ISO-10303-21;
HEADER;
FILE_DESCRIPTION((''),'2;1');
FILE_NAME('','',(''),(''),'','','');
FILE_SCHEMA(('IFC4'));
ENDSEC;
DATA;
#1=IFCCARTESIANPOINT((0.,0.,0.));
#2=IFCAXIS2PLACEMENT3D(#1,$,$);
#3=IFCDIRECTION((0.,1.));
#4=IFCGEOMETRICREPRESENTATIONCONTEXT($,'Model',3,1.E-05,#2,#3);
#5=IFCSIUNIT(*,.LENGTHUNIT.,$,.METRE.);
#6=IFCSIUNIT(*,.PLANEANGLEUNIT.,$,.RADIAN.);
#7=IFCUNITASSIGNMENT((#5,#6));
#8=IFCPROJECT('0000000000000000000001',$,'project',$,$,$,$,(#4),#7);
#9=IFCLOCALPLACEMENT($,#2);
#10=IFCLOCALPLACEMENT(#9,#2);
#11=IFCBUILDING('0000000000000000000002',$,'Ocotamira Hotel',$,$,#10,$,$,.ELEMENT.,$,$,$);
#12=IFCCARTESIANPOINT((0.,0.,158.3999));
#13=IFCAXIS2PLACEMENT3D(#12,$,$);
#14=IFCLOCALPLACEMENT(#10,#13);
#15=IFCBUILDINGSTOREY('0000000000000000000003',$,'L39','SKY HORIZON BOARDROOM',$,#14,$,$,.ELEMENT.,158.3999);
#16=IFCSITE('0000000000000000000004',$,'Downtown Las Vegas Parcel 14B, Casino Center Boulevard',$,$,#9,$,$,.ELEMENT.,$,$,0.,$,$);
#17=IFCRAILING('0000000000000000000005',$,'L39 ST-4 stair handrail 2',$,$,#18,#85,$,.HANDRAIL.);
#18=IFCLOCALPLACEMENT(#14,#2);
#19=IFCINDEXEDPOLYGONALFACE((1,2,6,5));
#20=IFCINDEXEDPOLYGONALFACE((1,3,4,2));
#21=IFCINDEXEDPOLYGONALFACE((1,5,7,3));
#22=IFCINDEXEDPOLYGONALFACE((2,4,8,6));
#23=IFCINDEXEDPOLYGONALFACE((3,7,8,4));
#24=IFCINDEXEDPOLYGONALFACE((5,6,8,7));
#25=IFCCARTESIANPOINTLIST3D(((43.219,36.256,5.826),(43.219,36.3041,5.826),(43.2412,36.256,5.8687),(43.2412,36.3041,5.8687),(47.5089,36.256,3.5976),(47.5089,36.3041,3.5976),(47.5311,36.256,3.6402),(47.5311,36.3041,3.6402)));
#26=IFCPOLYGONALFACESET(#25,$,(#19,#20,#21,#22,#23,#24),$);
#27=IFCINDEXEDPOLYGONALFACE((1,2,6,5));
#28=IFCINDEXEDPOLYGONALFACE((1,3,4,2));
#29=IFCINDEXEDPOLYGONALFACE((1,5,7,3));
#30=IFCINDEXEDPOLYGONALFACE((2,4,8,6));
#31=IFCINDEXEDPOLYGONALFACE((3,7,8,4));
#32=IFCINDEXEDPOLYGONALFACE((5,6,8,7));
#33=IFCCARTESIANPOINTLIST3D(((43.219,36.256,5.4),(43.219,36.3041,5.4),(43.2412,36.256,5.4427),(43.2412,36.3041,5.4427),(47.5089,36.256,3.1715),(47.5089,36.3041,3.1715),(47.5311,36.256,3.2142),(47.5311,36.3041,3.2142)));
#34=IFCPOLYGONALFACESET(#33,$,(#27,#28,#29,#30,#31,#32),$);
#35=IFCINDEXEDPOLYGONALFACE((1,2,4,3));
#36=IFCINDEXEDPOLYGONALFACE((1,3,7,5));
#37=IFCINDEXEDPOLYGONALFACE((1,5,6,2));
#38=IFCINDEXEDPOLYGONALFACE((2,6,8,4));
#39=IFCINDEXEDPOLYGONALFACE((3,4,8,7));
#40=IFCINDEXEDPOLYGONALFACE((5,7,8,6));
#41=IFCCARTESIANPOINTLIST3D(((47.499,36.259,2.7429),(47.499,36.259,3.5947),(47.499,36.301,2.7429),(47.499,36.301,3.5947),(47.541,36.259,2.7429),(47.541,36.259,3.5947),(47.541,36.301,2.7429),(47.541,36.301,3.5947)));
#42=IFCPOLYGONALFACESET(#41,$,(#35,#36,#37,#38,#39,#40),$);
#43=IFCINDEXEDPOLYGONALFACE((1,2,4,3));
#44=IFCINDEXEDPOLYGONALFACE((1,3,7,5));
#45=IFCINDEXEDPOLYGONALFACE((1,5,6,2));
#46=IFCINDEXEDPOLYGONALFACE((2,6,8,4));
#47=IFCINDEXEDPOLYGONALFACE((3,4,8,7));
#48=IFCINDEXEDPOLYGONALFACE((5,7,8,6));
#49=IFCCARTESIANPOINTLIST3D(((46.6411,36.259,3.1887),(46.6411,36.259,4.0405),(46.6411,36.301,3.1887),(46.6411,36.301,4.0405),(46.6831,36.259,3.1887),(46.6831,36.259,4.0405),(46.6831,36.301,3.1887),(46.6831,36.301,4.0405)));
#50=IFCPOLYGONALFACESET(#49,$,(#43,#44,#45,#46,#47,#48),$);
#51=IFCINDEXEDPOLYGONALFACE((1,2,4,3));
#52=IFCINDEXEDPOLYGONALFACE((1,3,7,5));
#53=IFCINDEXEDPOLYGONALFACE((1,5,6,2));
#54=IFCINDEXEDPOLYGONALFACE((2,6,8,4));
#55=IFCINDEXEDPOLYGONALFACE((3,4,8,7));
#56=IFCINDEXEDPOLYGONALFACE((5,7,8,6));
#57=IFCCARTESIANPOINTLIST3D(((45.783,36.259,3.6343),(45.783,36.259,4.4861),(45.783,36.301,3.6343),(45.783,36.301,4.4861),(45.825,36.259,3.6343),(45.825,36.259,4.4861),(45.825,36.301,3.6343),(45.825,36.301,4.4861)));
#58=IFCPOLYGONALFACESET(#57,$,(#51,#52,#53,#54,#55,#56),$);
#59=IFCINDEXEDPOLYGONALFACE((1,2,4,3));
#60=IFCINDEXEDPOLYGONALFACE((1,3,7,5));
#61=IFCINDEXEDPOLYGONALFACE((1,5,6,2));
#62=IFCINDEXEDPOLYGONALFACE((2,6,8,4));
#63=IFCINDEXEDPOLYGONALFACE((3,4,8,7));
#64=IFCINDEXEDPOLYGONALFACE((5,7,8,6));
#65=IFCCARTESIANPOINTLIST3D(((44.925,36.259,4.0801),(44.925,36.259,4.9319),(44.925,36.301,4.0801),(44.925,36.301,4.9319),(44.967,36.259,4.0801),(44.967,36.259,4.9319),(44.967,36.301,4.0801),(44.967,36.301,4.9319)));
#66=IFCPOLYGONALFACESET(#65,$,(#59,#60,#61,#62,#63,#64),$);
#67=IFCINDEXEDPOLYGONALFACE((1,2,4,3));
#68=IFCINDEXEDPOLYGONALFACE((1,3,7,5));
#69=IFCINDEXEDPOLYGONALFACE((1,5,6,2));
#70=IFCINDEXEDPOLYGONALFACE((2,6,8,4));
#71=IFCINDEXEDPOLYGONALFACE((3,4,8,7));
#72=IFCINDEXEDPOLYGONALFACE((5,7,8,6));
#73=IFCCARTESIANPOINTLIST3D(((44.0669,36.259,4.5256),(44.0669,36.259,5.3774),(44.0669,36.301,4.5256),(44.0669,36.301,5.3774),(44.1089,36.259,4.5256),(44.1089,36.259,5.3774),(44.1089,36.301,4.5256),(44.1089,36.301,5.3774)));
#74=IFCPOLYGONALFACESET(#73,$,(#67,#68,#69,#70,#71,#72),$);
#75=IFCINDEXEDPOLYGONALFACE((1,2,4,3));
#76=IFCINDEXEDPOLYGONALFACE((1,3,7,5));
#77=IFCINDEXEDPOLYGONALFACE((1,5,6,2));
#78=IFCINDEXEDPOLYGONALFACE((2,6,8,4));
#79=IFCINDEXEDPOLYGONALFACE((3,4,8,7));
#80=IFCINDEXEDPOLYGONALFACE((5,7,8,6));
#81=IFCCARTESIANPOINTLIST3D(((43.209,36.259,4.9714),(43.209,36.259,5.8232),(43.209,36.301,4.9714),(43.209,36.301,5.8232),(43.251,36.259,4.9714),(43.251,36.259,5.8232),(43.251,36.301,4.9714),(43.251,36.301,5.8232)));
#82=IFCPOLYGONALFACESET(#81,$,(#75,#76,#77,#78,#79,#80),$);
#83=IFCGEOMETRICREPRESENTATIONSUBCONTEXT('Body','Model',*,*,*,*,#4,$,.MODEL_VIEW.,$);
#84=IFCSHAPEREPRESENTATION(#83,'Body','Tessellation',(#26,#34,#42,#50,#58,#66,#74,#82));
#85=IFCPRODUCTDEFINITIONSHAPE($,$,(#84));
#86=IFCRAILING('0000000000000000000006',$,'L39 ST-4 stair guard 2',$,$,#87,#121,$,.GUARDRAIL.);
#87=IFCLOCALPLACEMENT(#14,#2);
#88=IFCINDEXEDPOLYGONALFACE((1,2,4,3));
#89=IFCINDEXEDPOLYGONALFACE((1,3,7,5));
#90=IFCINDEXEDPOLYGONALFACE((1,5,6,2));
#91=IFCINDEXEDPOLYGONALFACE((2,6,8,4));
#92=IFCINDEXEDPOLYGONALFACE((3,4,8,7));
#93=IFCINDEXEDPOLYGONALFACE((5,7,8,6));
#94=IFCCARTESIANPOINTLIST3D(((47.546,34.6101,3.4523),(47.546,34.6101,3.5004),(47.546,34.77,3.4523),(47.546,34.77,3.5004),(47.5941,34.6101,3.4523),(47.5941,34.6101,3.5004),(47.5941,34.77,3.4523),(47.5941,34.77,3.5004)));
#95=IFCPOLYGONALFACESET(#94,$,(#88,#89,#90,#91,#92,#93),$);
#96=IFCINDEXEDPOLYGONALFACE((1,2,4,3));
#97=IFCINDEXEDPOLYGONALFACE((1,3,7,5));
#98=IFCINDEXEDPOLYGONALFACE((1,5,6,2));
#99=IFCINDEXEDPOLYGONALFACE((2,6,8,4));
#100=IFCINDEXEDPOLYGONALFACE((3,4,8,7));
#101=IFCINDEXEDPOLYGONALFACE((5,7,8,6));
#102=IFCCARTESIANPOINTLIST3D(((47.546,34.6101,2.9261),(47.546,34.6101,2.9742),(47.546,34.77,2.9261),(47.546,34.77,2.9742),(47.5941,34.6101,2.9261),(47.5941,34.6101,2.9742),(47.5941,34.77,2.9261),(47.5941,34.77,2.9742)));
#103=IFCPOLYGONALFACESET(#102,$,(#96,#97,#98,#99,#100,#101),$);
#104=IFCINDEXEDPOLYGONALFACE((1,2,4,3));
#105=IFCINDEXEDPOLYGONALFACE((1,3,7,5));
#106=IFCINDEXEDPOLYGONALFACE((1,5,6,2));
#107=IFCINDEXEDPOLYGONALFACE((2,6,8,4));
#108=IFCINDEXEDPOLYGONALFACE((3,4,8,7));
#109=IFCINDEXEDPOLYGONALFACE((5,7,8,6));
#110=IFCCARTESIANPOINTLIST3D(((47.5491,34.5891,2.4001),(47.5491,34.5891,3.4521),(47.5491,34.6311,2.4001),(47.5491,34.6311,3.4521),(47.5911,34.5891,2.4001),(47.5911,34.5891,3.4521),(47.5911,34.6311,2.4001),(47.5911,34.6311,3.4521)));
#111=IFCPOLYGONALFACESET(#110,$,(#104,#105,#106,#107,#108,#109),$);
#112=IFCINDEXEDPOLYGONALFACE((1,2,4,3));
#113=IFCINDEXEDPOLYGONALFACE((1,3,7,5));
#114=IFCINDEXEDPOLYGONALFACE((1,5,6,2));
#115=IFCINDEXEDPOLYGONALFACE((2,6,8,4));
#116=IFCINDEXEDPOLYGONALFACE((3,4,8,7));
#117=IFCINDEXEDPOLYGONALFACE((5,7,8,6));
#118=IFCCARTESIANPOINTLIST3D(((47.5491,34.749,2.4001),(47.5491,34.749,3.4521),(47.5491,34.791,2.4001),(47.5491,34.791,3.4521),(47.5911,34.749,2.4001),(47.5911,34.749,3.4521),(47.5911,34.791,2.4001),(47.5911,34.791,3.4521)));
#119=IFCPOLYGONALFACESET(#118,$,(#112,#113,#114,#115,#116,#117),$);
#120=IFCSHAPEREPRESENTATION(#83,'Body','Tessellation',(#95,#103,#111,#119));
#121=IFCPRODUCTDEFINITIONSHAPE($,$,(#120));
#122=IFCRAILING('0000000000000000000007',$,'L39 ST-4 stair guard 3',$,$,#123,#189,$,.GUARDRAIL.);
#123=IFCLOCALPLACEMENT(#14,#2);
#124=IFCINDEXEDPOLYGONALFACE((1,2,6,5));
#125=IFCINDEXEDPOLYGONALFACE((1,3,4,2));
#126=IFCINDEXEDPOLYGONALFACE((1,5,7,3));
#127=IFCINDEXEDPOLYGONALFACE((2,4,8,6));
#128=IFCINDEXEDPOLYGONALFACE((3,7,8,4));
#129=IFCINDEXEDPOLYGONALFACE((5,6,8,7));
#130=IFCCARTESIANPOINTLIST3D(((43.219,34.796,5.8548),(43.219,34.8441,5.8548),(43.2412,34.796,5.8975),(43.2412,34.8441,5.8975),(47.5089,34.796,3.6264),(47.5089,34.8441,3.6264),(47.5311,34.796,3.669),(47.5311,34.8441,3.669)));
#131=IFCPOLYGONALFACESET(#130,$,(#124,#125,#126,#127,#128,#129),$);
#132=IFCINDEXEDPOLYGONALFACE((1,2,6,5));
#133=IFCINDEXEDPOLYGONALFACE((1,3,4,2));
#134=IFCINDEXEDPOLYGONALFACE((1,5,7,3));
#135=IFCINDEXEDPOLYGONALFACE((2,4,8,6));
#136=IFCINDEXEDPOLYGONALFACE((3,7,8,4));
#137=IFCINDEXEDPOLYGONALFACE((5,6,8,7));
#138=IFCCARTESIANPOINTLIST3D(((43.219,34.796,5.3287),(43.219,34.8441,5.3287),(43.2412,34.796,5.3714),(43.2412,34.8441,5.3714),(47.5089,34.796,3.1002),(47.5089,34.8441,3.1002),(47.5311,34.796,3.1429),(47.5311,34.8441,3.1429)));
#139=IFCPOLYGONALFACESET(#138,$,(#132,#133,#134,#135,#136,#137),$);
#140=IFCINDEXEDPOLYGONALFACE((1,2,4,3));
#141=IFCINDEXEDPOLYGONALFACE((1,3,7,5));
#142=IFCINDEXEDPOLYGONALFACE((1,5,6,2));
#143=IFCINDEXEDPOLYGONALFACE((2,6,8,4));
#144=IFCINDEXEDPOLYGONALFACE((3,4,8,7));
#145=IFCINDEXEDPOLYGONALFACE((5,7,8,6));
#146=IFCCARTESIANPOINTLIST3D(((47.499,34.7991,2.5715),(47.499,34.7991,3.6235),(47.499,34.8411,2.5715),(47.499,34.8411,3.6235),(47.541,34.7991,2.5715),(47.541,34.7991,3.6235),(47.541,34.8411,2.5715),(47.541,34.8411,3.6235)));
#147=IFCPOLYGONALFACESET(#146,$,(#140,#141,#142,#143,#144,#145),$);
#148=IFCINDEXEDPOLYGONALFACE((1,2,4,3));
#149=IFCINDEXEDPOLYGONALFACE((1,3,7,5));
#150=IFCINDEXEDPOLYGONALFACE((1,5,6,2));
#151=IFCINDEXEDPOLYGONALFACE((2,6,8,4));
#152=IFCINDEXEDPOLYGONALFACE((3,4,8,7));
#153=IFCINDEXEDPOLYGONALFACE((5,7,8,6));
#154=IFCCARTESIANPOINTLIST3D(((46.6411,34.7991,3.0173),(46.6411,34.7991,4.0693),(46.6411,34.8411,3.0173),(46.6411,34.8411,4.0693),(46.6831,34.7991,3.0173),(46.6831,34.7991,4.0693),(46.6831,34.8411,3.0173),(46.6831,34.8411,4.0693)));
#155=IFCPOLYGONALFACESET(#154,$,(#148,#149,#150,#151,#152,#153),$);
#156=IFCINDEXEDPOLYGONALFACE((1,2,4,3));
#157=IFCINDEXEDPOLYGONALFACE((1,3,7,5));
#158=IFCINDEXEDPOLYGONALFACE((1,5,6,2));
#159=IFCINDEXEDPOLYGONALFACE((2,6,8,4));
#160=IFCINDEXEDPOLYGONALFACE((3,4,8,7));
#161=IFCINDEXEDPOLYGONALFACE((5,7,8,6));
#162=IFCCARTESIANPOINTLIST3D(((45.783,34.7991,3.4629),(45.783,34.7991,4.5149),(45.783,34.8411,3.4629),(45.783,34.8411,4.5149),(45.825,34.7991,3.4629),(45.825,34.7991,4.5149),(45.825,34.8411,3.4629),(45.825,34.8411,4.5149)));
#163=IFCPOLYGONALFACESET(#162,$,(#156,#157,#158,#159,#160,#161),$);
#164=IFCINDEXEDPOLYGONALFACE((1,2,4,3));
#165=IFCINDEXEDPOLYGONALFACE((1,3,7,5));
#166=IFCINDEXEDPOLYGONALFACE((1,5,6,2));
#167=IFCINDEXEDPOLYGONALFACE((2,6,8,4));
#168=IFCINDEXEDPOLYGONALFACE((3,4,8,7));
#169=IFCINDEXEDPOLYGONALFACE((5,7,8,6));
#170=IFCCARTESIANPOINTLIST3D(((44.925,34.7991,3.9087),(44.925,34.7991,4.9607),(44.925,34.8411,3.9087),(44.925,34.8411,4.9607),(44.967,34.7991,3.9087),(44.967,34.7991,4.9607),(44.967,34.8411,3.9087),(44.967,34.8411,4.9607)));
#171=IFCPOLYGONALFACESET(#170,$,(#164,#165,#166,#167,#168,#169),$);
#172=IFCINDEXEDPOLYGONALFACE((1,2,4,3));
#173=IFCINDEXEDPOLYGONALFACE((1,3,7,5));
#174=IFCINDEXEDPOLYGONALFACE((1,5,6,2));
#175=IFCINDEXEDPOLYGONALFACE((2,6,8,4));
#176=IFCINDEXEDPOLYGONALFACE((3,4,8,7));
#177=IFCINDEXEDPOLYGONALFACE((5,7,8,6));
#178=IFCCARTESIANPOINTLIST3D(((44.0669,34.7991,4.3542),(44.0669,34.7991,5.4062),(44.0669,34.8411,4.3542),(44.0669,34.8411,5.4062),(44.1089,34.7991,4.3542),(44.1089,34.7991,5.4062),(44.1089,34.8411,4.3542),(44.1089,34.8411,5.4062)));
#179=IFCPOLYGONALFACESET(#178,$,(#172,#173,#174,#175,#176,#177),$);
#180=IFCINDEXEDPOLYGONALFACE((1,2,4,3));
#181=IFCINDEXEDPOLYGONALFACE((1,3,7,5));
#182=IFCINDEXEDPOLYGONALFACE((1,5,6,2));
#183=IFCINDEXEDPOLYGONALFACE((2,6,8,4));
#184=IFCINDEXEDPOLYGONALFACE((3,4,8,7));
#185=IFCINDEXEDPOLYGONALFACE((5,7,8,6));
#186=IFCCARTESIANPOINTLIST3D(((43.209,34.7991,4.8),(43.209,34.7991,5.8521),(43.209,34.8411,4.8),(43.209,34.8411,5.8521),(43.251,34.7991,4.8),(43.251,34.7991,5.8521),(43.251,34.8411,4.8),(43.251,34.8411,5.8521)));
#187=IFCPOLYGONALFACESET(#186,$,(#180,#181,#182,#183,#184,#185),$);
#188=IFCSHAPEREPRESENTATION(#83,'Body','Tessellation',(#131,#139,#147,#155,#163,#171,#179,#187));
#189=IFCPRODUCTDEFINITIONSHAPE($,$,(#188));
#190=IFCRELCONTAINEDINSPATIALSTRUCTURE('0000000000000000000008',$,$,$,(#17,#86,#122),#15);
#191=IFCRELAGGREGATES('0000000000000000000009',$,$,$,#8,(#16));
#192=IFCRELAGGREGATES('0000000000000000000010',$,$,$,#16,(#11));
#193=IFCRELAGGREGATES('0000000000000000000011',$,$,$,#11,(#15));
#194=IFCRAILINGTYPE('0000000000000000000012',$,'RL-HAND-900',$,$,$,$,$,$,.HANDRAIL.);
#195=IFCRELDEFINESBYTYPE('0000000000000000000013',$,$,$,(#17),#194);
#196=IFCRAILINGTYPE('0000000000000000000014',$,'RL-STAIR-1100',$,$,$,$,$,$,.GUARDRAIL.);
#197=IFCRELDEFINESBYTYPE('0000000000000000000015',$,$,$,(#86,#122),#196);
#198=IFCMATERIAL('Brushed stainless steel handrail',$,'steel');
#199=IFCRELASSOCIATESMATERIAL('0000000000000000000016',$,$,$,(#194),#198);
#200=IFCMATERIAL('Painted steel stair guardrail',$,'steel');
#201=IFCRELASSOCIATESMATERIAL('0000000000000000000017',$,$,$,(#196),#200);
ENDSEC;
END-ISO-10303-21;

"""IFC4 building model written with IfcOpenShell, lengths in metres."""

from ifc_helpers import new_model, si_unit, direction, frame, origin, origin_2d, place, context, subcontext, project, spatial, rectangle, extrude, material, type_object, element, save


model = new_model("IFC4")

# Units and contexts
model_context = context("Model", 3, precision=1e-05, world=origin(), true_north=direction((0.0, 1.0)))
body_context = subcontext(model_context, "Body", "Model", "MODEL_VIEW")
ifc_project = project(units=[si_unit("LENGTHUNIT", "METRE"), si_unit("PLANEANGLEUNIT", "RADIAN")], contexts=[model_context])

# Site, building, storey
site_placement = place(None, origin())
site = spatial("IfcSite", under=ifc_project, at=site_placement, Name="Downtown Las Vegas Parcel 14B, Casino Center Boulevard", CompositionType="ELEMENT", RefElevation=0.0)
building_placement = place(site_placement, origin())
building = spatial("IfcBuilding", under=site, at=building_placement, Name="Ocotamira Hotel", CompositionType="ELEMENT")
storey_placement = place(building_placement, frame((0.0, 0.0, 158.3999)))
storey = spatial("IfcBuildingStorey", under=building, at=storey_placement, Name="L39", Description="SKY HORIZON BOARDROOM", CompositionType="ELEMENT", Elevation=158.3999)

# Railings
ifc_material_1 = material(Name="Brushed stainless steel handrail", Category="steel")
railing_type_1 = type_object("IfcRailingType", Name="RL-HAND-900", PredefinedType="HANDRAIL", material=ifc_material_1)
railing_1_placement = place(storey_placement, frame((47.52, 36.28, 2.7429)))
element("IfcRailing", 1, at=railing_1_placement, inside=storey, type_object=railing_type_1, Name="L39 ST-4 stair handrail 2", PredefinedType="HANDRAIL", context=body_context, shape_type="SweptSolid", body=[
    extrude(rectangle(XDim=0.0481, YDim=0.0481, at=origin_2d()), frame((0.0, 0.0, 0.876), z_axis=(-0.887412, 0.0, 0.460977), x_axis=(0.0, -1.0, 0.0)), (0.0, 0.0, 1.0), 4.8342),
    extrude(rectangle(XDim=0.0481, YDim=0.0481, at=origin_2d()), frame((0.0, 0.0, 0.45), z_axis=(-0.887412, 0.0, 0.460977), x_axis=(0.0, -1.0, 0.0)), (0.0, 0.0, 1.0), 4.8342),
    extrude(rectangle(XDim=0.042, YDim=0.042, at=origin_2d()), origin(), (0.0, 0.0, 1.0), 0.8518),
    extrude(rectangle(XDim=0.042, YDim=0.042, at=origin_2d()), frame((-0.8579, 0.0, 0.4458)), (0.0, 0.0, 1.0), 0.8518),
    extrude(rectangle(XDim=0.042, YDim=0.042, at=origin_2d()), frame((-1.7161, 0.0, 0.8914)), (0.0, 0.0, 1.0), 0.8518),
    extrude(rectangle(XDim=0.042, YDim=0.042, at=origin_2d()), frame((-2.574, 0.0, 1.3372)), (0.0, 0.0, 1.0), 0.8518),
    extrude(rectangle(XDim=0.042, YDim=0.042, at=origin_2d()), frame((-3.4321, 0.0, 1.7827)), (0.0, 0.0, 1.0), 0.8518),
    extrude(rectangle(XDim=0.042, YDim=0.042, at=origin_2d()), frame((-4.29, 0.0, 2.2285)), (0.0, 0.0, 1.0), 0.8518),
])
ifc_material_2 = material(Name="Painted steel stair guardrail", Category="steel")
railing_type_2 = type_object("IfcRailingType", Name="RL-STAIR-1100", PredefinedType="GUARDRAIL", material=ifc_material_2)
railing_2_placement = place(storey_placement, frame((47.5701, 34.6101, 2.4001)))
element("IfcRailing", 2, at=railing_2_placement, inside=storey, type_object=railing_type_2, Name="L39 ST-4 stair guard 2", PredefinedType="GUARDRAIL", context=body_context, shape_type="SweptSolid", body=[
    extrude(rectangle(XDim=0.0481, YDim=0.0481, at=origin_2d()), frame((0.0, 0.0, 1.0762), z_axis=(0.0, 1.0, 0.0), x_axis=(-1.0, 0.0, 0.0)), (0.0, 0.0, 1.0), 0.1599),
    extrude(rectangle(XDim=0.0481, YDim=0.0481, at=origin_2d()), frame((0.0, 0.0, 0.55), z_axis=(0.0, 1.0, 0.0), x_axis=(-1.0, 0.0, 0.0)), (0.0, 0.0, 1.0), 0.1599),
    extrude(rectangle(XDim=0.042, YDim=0.042, at=origin_2d()), origin(), (0.0, 0.0, 1.0), 1.052),
    extrude(rectangle(XDim=0.042, YDim=0.042, at=origin_2d()), frame((0.0, 0.1599, 0.0)), (0.0, 0.0, 1.0), 1.052),
])
railing_3_placement = place(storey_placement, frame((47.52, 34.8201, 2.5715)))
element("IfcRailing", 3, at=railing_3_placement, inside=storey, type_object=railing_type_2, Name="L39 ST-4 stair guard 3", PredefinedType="GUARDRAIL", context=body_context, shape_type="SweptSolid", body=[
    extrude(rectangle(XDim=0.0481, YDim=0.0481, at=origin_2d()), frame((0.0, 0.0, 1.0762), z_axis=(-0.887412, 0.0, 0.460977), x_axis=(0.0, -1.0, 0.0)), (0.0, 0.0, 1.0), 4.8342),
    extrude(rectangle(XDim=0.0481, YDim=0.0481, at=origin_2d()), frame((0.0, 0.0, 0.55), z_axis=(-0.887412, 0.0, 0.460977), x_axis=(0.0, -1.0, 0.0)), (0.0, 0.0, 1.0), 4.8342),
    extrude(rectangle(XDim=0.042, YDim=0.042, at=origin_2d()), origin(), (0.0, 0.0, 1.0), 1.052),
    extrude(rectangle(XDim=0.042, YDim=0.042, at=origin_2d()), frame((-0.8579, 0.0, 0.4458)), (0.0, 0.0, 1.0), 1.052),
    extrude(rectangle(XDim=0.042, YDim=0.042, at=origin_2d()), frame((-1.7161, 0.0, 0.8914)), (0.0, 0.0, 1.0), 1.052),
    extrude(rectangle(XDim=0.042, YDim=0.042, at=origin_2d()), frame((-2.574, 0.0, 1.3372)), (0.0, 0.0, 1.0), 1.052),
    extrude(rectangle(XDim=0.042, YDim=0.042, at=origin_2d()), frame((-3.4321, 0.0, 1.7827)), (0.0, 0.0, 1.0), 1.052),
    extrude(rectangle(XDim=0.042, YDim=0.042, at=origin_2d()), frame((-4.29, 0.0, 2.2285)), (0.0, 0.0, 1.0), 1.052),
])

save(model, "model.ifc")
